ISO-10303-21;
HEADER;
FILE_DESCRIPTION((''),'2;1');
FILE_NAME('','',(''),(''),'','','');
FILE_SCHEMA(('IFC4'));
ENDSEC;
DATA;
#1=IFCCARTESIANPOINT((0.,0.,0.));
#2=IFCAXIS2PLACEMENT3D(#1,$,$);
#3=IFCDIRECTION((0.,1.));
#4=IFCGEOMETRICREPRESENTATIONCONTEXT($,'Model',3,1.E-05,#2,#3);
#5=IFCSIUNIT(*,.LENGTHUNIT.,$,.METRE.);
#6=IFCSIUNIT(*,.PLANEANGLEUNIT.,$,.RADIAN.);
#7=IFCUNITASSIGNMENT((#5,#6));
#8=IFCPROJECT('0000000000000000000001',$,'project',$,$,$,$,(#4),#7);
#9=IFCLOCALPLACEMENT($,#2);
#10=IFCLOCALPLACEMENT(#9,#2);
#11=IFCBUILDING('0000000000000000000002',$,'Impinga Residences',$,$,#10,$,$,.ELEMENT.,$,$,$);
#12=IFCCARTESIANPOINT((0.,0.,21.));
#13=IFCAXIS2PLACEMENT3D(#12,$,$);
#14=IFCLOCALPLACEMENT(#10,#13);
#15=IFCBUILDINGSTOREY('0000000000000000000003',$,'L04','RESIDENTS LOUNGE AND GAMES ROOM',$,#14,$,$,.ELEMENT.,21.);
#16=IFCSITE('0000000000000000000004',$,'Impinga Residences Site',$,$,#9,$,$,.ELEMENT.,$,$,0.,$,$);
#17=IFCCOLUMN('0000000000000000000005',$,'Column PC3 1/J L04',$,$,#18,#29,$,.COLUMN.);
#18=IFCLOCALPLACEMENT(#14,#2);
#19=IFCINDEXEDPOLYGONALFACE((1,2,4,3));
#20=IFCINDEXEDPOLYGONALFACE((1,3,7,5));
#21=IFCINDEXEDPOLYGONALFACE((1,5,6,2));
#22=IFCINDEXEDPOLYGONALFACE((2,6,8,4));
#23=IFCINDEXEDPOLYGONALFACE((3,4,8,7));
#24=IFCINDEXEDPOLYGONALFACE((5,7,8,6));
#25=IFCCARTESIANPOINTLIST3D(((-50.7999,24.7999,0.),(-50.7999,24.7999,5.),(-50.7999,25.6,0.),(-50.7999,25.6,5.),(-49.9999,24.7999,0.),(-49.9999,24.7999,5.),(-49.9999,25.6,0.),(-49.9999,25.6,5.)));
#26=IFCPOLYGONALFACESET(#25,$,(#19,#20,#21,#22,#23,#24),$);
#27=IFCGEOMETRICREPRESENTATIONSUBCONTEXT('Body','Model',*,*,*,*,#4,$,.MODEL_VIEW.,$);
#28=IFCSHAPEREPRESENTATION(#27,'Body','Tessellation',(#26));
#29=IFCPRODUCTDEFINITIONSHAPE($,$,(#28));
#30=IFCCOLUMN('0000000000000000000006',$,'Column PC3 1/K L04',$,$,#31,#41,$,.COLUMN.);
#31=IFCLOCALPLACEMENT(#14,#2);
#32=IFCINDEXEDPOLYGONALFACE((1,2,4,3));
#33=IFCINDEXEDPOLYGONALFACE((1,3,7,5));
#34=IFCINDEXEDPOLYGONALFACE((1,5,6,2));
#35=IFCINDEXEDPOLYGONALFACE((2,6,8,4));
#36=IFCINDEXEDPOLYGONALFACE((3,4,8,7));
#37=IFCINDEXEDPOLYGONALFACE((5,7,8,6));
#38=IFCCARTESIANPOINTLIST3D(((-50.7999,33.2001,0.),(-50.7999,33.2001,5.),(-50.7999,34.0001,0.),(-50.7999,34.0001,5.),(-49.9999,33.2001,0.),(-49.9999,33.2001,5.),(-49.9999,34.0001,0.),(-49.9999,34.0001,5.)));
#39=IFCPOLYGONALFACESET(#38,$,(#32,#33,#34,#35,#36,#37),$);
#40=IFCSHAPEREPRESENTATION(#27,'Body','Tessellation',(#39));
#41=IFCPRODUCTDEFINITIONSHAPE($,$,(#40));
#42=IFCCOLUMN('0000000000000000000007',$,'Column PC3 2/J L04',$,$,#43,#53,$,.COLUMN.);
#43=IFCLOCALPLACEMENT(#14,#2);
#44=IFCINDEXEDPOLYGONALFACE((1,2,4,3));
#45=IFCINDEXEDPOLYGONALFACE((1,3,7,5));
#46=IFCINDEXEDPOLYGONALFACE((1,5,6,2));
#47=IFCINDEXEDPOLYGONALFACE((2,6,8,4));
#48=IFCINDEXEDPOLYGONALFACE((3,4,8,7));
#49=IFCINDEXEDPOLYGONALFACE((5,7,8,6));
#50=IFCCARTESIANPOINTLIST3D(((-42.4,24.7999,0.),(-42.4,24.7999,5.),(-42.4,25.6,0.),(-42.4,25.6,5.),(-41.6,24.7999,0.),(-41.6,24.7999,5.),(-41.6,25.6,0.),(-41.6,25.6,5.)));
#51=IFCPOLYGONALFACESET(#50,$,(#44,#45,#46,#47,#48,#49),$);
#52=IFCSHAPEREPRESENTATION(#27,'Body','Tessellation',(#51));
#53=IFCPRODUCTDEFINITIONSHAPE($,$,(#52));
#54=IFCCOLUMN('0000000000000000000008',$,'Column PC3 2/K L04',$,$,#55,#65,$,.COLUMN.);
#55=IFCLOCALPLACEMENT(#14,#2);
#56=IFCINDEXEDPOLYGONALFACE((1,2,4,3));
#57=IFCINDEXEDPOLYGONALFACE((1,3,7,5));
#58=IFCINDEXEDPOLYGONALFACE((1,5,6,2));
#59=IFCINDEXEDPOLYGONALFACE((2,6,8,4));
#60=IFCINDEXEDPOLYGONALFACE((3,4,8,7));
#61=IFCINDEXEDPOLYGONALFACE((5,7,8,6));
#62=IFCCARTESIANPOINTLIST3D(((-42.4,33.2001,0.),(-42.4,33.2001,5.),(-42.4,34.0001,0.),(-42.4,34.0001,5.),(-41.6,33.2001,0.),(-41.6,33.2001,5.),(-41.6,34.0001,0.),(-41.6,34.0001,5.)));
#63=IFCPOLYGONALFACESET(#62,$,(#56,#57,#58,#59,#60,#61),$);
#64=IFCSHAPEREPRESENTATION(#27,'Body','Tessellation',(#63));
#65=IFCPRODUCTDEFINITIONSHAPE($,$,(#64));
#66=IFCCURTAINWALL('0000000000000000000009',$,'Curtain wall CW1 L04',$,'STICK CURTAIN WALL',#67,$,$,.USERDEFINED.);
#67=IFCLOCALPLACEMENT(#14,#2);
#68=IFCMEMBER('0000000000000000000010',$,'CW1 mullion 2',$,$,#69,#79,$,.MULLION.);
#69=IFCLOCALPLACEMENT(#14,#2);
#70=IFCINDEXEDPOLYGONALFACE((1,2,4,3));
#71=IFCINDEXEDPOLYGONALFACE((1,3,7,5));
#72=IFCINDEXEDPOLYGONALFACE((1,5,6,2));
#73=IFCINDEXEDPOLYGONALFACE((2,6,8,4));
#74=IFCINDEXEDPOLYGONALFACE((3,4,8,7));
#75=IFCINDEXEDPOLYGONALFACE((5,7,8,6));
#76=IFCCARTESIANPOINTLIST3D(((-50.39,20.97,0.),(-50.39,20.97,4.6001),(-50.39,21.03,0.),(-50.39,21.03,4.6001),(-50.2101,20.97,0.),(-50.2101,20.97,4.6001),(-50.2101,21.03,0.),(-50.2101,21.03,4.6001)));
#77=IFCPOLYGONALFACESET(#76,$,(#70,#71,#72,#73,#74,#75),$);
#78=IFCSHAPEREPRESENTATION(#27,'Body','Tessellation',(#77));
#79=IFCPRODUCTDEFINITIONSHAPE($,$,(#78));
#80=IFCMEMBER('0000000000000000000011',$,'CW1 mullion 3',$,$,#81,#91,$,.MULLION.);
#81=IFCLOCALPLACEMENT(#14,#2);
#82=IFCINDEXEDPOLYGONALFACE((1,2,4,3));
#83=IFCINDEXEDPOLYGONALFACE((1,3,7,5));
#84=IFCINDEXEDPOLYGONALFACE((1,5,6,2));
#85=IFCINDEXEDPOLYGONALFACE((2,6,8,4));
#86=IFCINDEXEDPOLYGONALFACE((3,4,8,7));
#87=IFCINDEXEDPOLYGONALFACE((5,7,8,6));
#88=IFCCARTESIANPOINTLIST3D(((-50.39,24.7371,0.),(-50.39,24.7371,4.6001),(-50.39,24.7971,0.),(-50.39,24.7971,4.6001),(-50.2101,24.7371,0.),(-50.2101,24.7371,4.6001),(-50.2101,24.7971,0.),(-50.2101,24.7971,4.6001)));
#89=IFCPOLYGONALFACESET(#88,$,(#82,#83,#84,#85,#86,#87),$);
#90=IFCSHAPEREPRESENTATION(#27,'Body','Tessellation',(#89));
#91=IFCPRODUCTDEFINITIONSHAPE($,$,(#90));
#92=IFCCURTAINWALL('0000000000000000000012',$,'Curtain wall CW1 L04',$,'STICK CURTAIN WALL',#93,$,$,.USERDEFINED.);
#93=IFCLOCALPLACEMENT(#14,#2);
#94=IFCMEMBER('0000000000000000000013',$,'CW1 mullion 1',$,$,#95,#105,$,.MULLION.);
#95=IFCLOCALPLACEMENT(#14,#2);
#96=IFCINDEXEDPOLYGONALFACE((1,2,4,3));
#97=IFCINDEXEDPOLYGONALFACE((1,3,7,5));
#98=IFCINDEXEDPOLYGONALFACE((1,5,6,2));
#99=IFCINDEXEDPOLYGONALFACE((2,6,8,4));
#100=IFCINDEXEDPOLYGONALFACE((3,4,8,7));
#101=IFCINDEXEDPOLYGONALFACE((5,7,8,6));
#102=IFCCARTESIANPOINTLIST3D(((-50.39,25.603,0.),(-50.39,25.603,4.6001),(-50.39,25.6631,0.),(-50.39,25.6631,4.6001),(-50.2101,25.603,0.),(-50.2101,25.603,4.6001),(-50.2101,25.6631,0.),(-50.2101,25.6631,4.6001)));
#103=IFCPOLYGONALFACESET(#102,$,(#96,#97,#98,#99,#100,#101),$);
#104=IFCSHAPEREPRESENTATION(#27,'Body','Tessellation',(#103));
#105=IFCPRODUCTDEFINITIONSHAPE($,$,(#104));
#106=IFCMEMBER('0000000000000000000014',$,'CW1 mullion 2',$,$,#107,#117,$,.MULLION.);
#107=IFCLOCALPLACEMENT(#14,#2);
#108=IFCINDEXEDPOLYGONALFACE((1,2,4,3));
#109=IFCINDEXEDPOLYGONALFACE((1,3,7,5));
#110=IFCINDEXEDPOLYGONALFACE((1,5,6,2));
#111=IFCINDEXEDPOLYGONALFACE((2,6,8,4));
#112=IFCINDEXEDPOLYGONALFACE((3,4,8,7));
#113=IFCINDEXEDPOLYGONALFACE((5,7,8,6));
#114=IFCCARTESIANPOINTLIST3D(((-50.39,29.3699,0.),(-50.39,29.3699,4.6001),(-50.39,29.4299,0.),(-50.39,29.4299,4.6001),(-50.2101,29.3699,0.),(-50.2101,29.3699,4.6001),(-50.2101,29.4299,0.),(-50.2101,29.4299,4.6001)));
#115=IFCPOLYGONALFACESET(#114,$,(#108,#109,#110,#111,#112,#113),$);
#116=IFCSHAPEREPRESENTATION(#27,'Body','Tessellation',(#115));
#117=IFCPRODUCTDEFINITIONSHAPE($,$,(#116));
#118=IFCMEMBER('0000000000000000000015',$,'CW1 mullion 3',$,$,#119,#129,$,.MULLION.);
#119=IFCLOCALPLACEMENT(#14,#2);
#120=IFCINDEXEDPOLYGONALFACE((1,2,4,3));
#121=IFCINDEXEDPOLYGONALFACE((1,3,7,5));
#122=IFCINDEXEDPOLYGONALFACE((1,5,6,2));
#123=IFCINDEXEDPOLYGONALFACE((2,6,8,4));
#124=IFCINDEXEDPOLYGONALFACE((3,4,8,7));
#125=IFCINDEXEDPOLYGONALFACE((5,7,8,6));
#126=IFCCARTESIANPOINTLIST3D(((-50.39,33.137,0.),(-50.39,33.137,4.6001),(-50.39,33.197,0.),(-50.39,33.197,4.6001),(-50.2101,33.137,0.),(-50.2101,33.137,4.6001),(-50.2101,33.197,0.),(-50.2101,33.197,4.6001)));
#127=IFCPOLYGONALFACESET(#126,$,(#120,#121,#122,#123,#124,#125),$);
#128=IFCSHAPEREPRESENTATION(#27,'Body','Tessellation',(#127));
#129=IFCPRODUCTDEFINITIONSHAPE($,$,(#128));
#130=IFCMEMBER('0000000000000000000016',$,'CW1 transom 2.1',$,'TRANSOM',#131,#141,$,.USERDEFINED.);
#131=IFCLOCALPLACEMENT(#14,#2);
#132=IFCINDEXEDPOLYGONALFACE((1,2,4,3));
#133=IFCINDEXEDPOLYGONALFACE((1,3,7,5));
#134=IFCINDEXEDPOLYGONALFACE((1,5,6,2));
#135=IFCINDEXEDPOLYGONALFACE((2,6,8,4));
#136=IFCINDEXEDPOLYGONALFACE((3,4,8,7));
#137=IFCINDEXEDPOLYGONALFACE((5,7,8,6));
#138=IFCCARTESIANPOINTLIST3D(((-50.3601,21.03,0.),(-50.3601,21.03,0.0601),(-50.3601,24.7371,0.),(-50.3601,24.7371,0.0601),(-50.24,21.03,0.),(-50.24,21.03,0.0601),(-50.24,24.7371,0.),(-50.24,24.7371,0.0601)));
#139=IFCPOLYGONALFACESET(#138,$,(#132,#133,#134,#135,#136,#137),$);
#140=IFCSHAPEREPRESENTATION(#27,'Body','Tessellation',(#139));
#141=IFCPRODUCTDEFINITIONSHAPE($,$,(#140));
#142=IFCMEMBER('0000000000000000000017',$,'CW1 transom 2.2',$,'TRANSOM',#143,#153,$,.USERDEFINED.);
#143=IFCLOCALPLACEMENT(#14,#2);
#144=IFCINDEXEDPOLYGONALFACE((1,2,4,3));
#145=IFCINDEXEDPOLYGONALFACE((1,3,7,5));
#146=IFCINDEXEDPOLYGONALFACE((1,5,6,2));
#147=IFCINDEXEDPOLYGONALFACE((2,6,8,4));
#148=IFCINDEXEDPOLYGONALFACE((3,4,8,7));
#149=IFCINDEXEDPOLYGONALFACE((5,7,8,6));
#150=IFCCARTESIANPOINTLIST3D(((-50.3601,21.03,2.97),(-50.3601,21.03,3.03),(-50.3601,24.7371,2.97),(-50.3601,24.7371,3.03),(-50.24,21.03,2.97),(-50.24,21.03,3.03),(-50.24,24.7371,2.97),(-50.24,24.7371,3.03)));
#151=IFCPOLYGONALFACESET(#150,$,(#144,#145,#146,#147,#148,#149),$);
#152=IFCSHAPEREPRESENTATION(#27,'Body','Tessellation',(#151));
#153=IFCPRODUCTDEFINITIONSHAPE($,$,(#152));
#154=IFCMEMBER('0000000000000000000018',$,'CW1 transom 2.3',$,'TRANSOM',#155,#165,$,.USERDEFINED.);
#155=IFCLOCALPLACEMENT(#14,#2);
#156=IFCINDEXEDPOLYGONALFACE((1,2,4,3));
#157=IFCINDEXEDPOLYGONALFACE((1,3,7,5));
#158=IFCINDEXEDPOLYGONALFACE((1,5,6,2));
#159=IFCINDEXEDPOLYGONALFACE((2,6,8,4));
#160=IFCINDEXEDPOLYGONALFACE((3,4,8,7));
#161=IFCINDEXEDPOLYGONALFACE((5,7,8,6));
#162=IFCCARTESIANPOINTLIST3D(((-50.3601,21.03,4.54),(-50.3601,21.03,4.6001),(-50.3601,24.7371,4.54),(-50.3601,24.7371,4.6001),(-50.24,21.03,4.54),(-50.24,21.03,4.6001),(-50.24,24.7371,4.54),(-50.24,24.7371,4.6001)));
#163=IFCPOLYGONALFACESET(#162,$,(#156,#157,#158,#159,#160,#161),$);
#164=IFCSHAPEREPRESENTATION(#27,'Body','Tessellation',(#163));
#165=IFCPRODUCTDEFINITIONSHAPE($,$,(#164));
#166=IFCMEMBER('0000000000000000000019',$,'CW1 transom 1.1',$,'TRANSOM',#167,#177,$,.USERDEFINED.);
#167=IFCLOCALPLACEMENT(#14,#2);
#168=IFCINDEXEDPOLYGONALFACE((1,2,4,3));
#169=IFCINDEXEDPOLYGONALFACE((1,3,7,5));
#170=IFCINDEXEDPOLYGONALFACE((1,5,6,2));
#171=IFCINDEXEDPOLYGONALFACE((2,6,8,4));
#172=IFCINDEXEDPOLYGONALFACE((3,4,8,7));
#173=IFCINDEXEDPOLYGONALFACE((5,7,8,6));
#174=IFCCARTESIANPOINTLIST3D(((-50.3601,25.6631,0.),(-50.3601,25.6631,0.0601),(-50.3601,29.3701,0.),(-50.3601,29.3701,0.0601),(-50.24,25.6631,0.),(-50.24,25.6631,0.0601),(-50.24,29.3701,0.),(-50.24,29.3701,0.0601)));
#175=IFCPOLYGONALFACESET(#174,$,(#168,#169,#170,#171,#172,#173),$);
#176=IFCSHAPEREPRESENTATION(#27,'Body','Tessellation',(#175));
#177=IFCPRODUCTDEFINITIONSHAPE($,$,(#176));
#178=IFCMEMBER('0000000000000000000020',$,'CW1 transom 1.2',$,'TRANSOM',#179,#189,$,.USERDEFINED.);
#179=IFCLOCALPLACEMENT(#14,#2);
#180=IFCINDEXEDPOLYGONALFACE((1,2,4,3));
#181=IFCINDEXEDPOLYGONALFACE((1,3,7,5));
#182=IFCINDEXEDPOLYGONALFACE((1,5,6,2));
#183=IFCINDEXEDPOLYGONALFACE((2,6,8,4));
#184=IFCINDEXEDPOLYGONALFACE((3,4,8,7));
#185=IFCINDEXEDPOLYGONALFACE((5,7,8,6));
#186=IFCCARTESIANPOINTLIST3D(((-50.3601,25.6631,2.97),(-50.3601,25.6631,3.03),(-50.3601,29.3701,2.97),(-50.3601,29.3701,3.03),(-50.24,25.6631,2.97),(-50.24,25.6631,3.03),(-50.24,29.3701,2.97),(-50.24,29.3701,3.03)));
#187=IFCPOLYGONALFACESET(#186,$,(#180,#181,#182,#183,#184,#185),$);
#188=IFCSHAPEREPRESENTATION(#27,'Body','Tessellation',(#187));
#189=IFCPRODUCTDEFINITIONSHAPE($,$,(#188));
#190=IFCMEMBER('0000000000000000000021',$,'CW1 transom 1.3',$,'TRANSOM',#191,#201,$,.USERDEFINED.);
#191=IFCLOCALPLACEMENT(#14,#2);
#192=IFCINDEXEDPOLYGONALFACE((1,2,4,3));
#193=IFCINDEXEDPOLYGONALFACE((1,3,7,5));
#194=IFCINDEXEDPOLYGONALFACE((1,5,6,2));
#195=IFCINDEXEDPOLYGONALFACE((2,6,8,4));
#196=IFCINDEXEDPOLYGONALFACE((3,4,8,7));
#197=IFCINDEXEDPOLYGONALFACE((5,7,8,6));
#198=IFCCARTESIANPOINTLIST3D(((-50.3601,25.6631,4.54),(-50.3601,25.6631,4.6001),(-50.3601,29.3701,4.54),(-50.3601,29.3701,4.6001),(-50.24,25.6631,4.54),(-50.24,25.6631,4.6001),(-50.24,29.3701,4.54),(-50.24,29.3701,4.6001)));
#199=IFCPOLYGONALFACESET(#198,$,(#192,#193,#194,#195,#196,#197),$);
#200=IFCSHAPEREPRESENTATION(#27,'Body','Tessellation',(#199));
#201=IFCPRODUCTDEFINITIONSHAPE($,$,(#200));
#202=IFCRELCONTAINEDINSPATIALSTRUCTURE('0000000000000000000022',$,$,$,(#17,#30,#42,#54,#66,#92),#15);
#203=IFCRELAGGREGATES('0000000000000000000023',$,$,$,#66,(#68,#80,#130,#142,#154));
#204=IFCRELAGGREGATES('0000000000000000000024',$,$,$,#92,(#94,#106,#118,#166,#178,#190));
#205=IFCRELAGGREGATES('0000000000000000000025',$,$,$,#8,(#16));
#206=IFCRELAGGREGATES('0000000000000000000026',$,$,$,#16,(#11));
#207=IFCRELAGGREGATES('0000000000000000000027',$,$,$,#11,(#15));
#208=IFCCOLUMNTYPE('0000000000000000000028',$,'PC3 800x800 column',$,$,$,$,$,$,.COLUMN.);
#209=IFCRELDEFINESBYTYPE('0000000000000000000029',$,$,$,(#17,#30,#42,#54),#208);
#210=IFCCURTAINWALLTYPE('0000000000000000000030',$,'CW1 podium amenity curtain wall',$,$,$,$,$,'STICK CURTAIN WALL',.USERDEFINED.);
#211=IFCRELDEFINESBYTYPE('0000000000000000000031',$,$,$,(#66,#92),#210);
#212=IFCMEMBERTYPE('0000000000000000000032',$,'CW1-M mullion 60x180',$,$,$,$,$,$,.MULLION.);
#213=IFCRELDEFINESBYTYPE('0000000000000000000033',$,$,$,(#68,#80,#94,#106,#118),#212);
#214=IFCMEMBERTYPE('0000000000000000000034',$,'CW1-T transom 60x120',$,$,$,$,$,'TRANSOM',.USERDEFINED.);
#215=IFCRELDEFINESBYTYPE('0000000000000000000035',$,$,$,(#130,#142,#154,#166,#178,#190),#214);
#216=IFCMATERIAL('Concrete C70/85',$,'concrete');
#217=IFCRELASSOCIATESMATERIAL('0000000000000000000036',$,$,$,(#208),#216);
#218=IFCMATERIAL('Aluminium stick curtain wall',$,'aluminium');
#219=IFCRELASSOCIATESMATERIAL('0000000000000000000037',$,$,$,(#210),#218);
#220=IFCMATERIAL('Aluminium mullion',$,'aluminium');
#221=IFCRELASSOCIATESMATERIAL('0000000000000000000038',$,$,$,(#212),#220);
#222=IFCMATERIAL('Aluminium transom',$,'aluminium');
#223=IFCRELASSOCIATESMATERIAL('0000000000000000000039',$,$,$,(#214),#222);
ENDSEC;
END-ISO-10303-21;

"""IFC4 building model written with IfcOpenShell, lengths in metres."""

from ifc_helpers import new_model, si_unit, direction, frame, origin, origin_2d, place, context, subcontext, project, spatial, rectangle, extrude, material, material_profile, profile_set, type_object, element, aggregate, save


model = new_model("IFC4")

# Units and contexts
model_context = context("Model", 3, precision=1e-05, world=origin(), true_north=direction((0.0, 1.0)))
body_context = subcontext(model_context, "Body", "Model", "MODEL_VIEW")
ifc_project = project(units=[si_unit("LENGTHUNIT", "METRE"), si_unit("PLANEANGLEUNIT", "RADIAN")], contexts=[model_context])

# Site, building, storey
site_placement = place(None, origin())
site = spatial("IfcSite", under=ifc_project, at=site_placement, Name="Impinga Residences Site", CompositionType="ELEMENT", RefElevation=0.0)
building_placement = place(site_placement, origin())
building = spatial("IfcBuilding", under=site, at=building_placement, Name="Impinga Residences", CompositionType="ELEMENT")
storey_placement = place(building_placement, frame((0.0, 0.0, 21.0)))
storey = spatial("IfcBuildingStorey", under=building, at=storey_placement, Name="L04", Description="RESIDENTS LOUNGE AND GAMES ROOM", CompositionType="ELEMENT", Elevation=21.0)

# Columns
ifc_material_1 = material(Name="Concrete C70/85", Category="concrete")
ifc_material_profile_1 = material_profile(ifc_material_1, rectangle(XDim=0.8, YDim=0.8, at=origin_2d()), Name="RC 800x800")
ifc_profile_set_1 = profile_set([ifc_material_profile_1], Name="Concrete C70/85")
column_type = type_object("IfcColumnType", Name="PC3 800x800 column", PredefinedType="COLUMN", material=ifc_profile_set_1)
for number, where, z_axis, x_axis, name in (
    (1, (-50.3999, 25.2, 0.0), (0.0, 0.0, 1.0), (1.0, 0.0, 0.0), "Column PC3 1/J L04"),
    (2, (-50.3999, 33.6001, 0.0), (0.0, 0.0, 1.0), (1.0, 0.0, 0.0), "Column PC3 1/K L04"),
    (3, (-42.0, 25.2, 0.0), (0.0, 0.0, 1.0), (1.0, 0.0, 0.0), "Column PC3 2/J L04"),
    (4, (-42.0, 33.6001, 0.0), (0.0, 0.0, 1.0), (1.0, 0.0, 0.0), "Column PC3 2/K L04"),
):
    element("IfcColumn", number, at=place(storey_placement, frame(where, z_axis=z_axis, x_axis=x_axis)), inside=storey, type_object=column_type, Name=name, PredefinedType="COLUMN", context=body_context, shape_type="SweptSolid", body=[
        extrude(rectangle(XDim=0.8, YDim=0.8, at=origin_2d()), origin(), (0.0, 0.0, 1.0), 5.0),
    ])

# Curtain walls, members
ifc_material_2 = material(Name="Aluminium stick curtain wall", Category="aluminium")
curtain_wall_type = type_object("IfcCurtainWallType", Name="CW1 podium amenity curtain wall", ElementType="STICK CURTAIN WALL", PredefinedType="USERDEFINED", material=ifc_material_2)
curtain_wall_1_placement = place(storey_placement, origin())
curtain_wall_1 = element("IfcCurtainWall", 5, at=curtain_wall_1_placement, inside=storey, type_object=curtain_wall_type, Name="Curtain wall CW1 L04", ObjectType="STICK CURTAIN WALL", PredefinedType="USERDEFINED")
ifc_material_3 = material(Name="Aluminium mullion", Category="aluminium")
ifc_material_profile_2 = material_profile(ifc_material_3, rectangle(XDim=0.0601, YDim=0.1799, at=origin_2d()), Name="60x180 mullion")
ifc_profile_set_2 = profile_set([ifc_material_profile_2], Name="Aluminium mullion")
member_type_1 = type_object("IfcMemberType", Name="CW1-M mullion 60x180", PredefinedType="MULLION", material=ifc_profile_set_2)
member_1_placement = place(storey_placement, frame((-50.3, 21.0, 0.0), z_axis=(0.0, 0.0, 1.0), x_axis=(0.0, 1.0, 0.0)))
member_1 = element("IfcMember", 6, at=member_1_placement, type_object=member_type_1, Name="CW1 mullion 2", PredefinedType="MULLION", context=body_context, shape_type="SweptSolid", body=[
    extrude(rectangle(XDim=0.0601, YDim=0.1799, at=origin_2d()), origin(), (0.0, 0.0, 1.0), 4.6001),
])
member_2_placement = place(storey_placement, frame((-50.3, 24.7671, 0.0), z_axis=(0.0, 0.0, 1.0), x_axis=(0.0, 1.0, 0.0)))
member_2 = element("IfcMember", 7, at=member_2_placement, type_object=member_type_1, Name="CW1 mullion 3", PredefinedType="MULLION", context=body_context, shape_type="SweptSolid", body=[
    extrude(rectangle(XDim=0.0601, YDim=0.1799, at=origin_2d()), origin(), (0.0, 0.0, 1.0), 4.6001),
])
curtain_wall_2_placement = place(storey_placement, origin())
curtain_wall_2 = element("IfcCurtainWall", 8, at=curtain_wall_2_placement, inside=storey, type_object=curtain_wall_type, Name="Curtain wall CW1 L04", ObjectType="STICK CURTAIN WALL", PredefinedType="USERDEFINED")
member_3_placement = place(storey_placement, frame((-50.3, 25.6331, 0.0), z_axis=(0.0, 0.0, 1.0), x_axis=(0.0, 1.0, 0.0)))
member_3 = element("IfcMember", 9, at=member_3_placement, type_object=member_type_1, Name="CW1 mullion 1", PredefinedType="MULLION", context=body_context, shape_type="SweptSolid", body=[
    extrude(rectangle(XDim=0.0601, YDim=0.1799, at=origin_2d()), origin(), (0.0, 0.0, 1.0), 4.6001),
])
member_4_placement = place(storey_placement, frame((-50.3, 29.3999, 0.0), z_axis=(0.0, 0.0, 1.0), x_axis=(0.0, 1.0, 0.0)))
member_4 = element("IfcMember", 10, at=member_4_placement, type_object=member_type_1, Name="CW1 mullion 2", PredefinedType="MULLION", context=body_context, shape_type="SweptSolid", body=[
    extrude(rectangle(XDim=0.0601, YDim=0.1799, at=origin_2d()), origin(), (0.0, 0.0, 1.0), 4.6001),
])
member_5_placement = place(storey_placement, frame((-50.3, 33.167, 0.0), z_axis=(0.0, 0.0, 1.0), x_axis=(0.0, 1.0, 0.0)))
member_5 = element("IfcMember", 11, at=member_5_placement, type_object=member_type_1, Name="CW1 mullion 3", PredefinedType="MULLION", context=body_context, shape_type="SweptSolid", body=[
    extrude(rectangle(XDim=0.0601, YDim=0.1799, at=origin_2d()), origin(), (0.0, 0.0, 1.0), 4.6001),
])

# Members
ifc_material_4 = material(Name="Aluminium transom", Category="aluminium")
ifc_material_profile_3 = material_profile(ifc_material_4, rectangle(XDim=0.0601, YDim=0.1201, at=origin_2d()), Name="60x120 transom")
ifc_profile_set_3 = profile_set([ifc_material_profile_3], Name="Aluminium transom")
member_type_2 = type_object("IfcMemberType", Name="CW1-T transom 60x120", ElementType="TRANSOM", PredefinedType="USERDEFINED", material=ifc_profile_set_3)
member_6_placement = place(storey_placement, frame((-50.3, 21.03, 0.03), z_axis=(0.0, 1.0, 0.0), x_axis=(0.0, 0.0, 1.0)))
member_6 = element("IfcMember", 12, at=member_6_placement, type_object=member_type_2, Name="CW1 transom 2.1", ObjectType="TRANSOM", PredefinedType="USERDEFINED", context=body_context, shape_type="SweptSolid", body=[
    extrude(rectangle(XDim=0.0601, YDim=0.1201, at=origin_2d()), origin(), (0.0, 0.0, 1.0), 3.707),
])
member_7_placement = place(storey_placement, frame((-50.3, 21.03, 3.0), z_axis=(0.0, 1.0, 0.0), x_axis=(0.0, 0.0, 1.0)))
member_7 = element("IfcMember", 13, at=member_7_placement, type_object=member_type_2, Name="CW1 transom 2.2", ObjectType="TRANSOM", PredefinedType="USERDEFINED", context=body_context, shape_type="SweptSolid", body=[
    extrude(rectangle(XDim=0.0601, YDim=0.1201, at=origin_2d()), origin(), (0.0, 0.0, 1.0), 3.707),
])
member_8_placement = place(storey_placement, frame((-50.3, 21.03, 4.5701), z_axis=(0.0, 1.0, 0.0), x_axis=(0.0, 0.0, 1.0)))
member_8 = element("IfcMember", 14, at=member_8_placement, type_object=member_type_2, Name="CW1 transom 2.3", ObjectType="TRANSOM", PredefinedType="USERDEFINED", context=body_context, shape_type="SweptSolid", body=[
    extrude(rectangle(XDim=0.0601, YDim=0.1201, at=origin_2d()), origin(), (0.0, 0.0, 1.0), 3.707),
])
member_9_placement = place(storey_placement, frame((-50.3, 25.6631, 0.03), z_axis=(0.0, 1.0, 0.0), x_axis=(0.0, 0.0, 1.0)))
member_9 = element("IfcMember", 15, at=member_9_placement, type_object=member_type_2, Name="CW1 transom 1.1", ObjectType="TRANSOM", PredefinedType="USERDEFINED", context=body_context, shape_type="SweptSolid", body=[
    extrude(rectangle(XDim=0.0601, YDim=0.1201, at=origin_2d()), origin(), (0.0, 0.0, 1.0), 3.707),
])
member_10_placement = place(storey_placement, frame((-50.3, 25.6631, 3.0), z_axis=(0.0, 1.0, 0.0), x_axis=(0.0, 0.0, 1.0)))
member_10 = element("IfcMember", 16, at=member_10_placement, type_object=member_type_2, Name="CW1 transom 1.2", ObjectType="TRANSOM", PredefinedType="USERDEFINED", context=body_context, shape_type="SweptSolid", body=[
    extrude(rectangle(XDim=0.0601, YDim=0.1201, at=origin_2d()), origin(), (0.0, 0.0, 1.0), 3.707),
])
member_11_placement = place(storey_placement, frame((-50.3, 25.6631, 4.5701), z_axis=(0.0, 1.0, 0.0), x_axis=(0.0, 0.0, 1.0)))
member_11 = element("IfcMember", 17, at=member_11_placement, type_object=member_type_2, Name="CW1 transom 1.3", ObjectType="TRANSOM", PredefinedType="USERDEFINED", context=body_context, shape_type="SweptSolid", body=[
    extrude(rectangle(XDim=0.0601, YDim=0.1201, at=origin_2d()), origin(), (0.0, 0.0, 1.0), 3.707),
])

aggregate(curtain_wall_1, [member_1, member_2, member_6, member_7, member_8])
aggregate(curtain_wall_2, [member_3, member_4, member_5, member_9, member_10, member_11])

save(model, "model.ifc")
